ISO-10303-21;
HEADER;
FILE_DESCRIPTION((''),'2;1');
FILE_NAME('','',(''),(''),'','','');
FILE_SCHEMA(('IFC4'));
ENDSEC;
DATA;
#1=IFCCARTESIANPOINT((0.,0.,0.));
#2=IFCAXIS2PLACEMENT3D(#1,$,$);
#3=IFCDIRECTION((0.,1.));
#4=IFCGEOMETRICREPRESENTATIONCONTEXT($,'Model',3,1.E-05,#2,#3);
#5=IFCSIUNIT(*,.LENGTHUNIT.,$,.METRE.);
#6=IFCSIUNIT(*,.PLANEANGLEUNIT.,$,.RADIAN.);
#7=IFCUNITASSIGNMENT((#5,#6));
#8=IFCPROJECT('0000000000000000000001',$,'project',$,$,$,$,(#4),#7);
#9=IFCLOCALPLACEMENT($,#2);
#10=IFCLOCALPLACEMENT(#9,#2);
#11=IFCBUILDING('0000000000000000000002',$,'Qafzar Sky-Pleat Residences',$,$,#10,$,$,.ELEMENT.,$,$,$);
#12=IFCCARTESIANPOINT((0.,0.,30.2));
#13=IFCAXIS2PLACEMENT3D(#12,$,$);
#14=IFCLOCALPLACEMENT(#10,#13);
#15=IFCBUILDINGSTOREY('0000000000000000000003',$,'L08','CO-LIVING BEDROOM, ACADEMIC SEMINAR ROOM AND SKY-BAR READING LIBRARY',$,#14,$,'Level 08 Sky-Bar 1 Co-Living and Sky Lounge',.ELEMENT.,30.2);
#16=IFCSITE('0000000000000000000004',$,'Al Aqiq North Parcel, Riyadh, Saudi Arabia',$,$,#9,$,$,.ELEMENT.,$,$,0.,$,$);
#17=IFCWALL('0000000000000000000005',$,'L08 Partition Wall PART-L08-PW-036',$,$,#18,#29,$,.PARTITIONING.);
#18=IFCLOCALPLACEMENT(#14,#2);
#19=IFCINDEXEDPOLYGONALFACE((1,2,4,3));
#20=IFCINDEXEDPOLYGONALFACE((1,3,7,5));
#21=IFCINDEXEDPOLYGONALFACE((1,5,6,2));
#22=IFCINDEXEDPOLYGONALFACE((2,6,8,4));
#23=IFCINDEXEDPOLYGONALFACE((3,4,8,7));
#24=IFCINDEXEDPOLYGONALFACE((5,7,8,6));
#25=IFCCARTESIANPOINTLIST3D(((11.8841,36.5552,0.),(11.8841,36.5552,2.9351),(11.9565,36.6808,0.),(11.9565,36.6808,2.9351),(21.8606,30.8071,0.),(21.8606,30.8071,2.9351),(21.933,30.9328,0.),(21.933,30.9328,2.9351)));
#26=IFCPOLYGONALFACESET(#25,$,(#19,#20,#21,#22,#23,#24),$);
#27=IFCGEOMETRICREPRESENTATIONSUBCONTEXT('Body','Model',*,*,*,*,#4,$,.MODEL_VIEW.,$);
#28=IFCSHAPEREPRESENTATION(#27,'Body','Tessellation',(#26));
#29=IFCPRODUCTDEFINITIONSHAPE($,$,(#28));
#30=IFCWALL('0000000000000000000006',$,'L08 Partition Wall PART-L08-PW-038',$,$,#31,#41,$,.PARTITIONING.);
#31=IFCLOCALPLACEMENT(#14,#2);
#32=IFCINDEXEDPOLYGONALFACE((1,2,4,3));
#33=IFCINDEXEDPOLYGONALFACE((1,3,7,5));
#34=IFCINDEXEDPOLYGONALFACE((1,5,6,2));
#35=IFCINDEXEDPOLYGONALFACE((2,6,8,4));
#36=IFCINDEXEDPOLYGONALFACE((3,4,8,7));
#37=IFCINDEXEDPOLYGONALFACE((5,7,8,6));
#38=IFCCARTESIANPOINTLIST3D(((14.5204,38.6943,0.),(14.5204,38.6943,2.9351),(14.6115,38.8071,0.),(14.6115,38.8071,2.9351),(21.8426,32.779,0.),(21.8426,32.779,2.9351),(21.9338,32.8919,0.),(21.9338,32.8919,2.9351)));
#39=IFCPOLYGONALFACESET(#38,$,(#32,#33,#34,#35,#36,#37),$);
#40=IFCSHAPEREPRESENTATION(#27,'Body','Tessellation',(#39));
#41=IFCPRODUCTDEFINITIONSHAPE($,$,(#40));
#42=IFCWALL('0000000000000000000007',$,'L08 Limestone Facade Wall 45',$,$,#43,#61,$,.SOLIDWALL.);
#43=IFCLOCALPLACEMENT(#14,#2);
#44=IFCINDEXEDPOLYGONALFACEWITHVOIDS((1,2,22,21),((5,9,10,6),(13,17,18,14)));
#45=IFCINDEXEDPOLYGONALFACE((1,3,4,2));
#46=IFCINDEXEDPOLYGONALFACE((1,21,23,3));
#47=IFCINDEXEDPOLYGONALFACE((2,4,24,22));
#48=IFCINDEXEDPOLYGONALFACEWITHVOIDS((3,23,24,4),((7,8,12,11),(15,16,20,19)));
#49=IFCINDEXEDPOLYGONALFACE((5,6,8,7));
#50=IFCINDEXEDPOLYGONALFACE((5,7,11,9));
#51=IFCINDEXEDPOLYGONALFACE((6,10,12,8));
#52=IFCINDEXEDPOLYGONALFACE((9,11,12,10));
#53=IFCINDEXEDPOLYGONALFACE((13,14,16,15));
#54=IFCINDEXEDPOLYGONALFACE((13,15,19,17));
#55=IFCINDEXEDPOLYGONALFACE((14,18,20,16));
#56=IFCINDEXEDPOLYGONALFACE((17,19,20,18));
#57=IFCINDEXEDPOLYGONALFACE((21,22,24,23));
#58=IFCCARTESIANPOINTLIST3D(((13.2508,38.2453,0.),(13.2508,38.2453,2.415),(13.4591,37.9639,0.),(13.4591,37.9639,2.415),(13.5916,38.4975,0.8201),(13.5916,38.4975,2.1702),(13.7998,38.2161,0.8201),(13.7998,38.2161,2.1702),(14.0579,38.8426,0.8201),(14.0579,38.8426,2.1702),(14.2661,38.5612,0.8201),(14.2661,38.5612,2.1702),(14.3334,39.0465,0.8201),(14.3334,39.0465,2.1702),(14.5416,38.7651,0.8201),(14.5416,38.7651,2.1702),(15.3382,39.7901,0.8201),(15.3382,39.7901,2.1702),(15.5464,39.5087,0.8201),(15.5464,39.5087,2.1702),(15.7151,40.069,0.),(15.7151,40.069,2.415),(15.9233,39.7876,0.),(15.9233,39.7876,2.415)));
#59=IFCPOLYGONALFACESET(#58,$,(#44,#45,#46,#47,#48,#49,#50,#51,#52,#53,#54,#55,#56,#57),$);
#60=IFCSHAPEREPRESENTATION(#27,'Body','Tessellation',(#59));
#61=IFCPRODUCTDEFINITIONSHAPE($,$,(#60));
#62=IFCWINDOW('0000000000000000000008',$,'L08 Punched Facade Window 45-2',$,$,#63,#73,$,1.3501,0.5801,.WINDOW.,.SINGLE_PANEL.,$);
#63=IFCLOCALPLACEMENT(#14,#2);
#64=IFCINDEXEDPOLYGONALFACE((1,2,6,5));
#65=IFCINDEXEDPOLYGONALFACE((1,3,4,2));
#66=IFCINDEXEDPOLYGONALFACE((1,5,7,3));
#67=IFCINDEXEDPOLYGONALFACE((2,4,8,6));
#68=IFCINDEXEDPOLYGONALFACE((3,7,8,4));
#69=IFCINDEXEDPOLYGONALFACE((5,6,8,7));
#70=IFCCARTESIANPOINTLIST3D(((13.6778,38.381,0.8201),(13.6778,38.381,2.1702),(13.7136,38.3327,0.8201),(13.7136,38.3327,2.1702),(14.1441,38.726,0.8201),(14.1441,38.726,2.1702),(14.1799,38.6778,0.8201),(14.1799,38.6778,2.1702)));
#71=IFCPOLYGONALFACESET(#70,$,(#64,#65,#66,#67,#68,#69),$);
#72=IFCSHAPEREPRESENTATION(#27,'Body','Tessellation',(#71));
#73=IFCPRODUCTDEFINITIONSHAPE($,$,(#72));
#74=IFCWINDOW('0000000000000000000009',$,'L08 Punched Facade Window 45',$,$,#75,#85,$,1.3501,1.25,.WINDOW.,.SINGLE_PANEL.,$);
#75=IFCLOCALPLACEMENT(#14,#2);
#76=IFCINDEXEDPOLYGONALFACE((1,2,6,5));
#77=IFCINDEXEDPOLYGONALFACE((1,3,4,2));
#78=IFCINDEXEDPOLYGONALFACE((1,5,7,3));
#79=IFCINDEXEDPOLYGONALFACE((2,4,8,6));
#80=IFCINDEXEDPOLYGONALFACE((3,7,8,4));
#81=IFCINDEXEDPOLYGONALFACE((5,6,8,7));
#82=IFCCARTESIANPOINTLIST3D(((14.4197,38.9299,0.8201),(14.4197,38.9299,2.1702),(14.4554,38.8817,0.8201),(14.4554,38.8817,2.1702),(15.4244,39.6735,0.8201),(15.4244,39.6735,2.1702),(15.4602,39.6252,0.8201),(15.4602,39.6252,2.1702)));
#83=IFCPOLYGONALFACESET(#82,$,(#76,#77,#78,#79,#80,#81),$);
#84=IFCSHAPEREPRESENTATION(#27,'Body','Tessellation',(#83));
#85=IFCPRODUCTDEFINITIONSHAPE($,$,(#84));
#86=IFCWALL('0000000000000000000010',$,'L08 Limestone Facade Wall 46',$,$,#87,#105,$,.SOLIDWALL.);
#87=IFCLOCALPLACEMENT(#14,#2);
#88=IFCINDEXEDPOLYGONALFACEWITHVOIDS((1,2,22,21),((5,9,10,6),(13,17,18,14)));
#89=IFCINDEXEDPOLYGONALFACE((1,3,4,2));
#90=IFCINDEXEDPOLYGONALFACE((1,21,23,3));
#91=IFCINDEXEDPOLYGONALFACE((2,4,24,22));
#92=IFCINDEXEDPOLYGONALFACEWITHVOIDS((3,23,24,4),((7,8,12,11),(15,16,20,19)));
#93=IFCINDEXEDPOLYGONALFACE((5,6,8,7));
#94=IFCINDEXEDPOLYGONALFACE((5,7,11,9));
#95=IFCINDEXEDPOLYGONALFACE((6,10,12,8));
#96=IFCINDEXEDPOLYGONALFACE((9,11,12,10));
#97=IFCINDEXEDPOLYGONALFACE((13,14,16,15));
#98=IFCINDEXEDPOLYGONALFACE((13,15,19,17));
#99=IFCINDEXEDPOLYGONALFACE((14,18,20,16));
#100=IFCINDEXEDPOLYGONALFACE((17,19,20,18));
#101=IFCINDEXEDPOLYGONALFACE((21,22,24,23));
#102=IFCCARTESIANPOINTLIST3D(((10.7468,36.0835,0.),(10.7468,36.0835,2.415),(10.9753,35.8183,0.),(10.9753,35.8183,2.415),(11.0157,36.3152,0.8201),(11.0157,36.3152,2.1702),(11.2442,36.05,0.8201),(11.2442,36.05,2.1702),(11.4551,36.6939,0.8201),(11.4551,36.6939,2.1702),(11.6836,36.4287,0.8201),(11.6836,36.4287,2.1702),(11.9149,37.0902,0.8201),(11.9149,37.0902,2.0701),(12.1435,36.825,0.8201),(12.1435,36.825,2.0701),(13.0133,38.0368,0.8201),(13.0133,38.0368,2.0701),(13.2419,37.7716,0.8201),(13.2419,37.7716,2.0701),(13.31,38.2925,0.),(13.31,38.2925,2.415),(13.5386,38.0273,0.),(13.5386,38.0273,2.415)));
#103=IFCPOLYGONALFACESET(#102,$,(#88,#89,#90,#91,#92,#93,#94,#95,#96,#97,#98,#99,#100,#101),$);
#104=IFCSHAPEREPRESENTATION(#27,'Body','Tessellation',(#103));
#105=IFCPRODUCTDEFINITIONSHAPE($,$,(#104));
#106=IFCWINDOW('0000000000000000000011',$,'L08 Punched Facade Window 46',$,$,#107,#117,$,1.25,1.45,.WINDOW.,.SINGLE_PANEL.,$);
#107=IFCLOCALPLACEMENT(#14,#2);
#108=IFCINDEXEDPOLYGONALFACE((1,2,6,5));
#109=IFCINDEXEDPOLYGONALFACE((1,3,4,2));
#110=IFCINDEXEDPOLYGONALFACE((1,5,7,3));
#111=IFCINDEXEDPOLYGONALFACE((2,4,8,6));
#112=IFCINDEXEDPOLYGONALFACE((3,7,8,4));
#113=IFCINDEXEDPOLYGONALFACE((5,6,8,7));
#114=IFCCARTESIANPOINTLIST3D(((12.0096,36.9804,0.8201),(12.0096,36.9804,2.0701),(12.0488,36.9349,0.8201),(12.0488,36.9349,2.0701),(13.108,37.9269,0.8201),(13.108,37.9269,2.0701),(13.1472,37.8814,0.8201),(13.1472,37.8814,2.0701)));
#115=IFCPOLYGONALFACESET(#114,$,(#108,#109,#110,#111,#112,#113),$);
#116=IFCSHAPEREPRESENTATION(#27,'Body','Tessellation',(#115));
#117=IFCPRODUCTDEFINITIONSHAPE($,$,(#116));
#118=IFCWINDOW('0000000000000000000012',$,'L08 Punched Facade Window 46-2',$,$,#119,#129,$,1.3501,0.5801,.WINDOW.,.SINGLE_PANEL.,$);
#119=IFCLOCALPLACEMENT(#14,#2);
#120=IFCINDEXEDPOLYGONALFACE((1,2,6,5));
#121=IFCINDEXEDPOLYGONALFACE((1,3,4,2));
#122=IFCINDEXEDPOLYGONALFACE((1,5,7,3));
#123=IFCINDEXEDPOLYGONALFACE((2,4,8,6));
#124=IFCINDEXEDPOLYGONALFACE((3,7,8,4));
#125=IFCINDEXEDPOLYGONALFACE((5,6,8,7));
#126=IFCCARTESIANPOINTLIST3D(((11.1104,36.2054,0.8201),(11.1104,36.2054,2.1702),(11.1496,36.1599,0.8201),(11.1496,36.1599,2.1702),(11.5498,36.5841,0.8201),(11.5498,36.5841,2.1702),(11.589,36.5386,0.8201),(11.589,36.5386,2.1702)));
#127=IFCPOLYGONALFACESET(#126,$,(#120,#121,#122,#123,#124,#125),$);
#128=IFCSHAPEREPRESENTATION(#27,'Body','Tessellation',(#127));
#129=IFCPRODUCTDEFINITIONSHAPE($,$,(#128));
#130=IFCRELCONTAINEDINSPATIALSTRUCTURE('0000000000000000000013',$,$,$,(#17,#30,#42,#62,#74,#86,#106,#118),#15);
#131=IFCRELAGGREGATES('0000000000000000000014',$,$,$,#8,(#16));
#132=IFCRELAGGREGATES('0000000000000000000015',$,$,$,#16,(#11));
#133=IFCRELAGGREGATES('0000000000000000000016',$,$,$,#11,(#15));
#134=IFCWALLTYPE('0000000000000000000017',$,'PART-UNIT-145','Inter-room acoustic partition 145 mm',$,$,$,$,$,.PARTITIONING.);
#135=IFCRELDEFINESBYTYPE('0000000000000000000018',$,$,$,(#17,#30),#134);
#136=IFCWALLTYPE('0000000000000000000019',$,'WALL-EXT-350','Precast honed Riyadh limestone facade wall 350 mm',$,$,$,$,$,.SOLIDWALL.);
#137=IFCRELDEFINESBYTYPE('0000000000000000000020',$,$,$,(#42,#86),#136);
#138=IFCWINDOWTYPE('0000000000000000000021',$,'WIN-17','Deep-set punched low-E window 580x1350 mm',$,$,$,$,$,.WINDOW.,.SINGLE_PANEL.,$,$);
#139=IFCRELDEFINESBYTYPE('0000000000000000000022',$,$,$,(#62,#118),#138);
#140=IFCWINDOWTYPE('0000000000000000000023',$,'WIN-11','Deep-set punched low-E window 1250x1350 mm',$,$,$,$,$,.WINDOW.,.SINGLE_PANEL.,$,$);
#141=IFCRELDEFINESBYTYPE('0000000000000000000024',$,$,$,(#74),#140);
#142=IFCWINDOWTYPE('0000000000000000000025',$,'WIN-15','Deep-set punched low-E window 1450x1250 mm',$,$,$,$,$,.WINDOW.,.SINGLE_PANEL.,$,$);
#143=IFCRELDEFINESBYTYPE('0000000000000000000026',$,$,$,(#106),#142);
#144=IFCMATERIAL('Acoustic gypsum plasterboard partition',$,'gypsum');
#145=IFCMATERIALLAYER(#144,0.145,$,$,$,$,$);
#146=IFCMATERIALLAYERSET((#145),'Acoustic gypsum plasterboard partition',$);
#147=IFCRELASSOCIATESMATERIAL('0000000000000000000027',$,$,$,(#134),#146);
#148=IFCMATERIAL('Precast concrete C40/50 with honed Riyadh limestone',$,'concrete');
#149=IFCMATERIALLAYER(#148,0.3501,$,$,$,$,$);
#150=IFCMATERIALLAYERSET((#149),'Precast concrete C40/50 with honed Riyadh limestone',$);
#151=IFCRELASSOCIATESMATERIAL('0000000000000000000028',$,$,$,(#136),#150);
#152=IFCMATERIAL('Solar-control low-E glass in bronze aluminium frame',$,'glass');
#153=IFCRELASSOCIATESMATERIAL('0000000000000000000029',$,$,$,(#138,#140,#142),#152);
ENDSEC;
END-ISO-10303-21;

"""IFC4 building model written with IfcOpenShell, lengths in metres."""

from ifc_helpers import new_model, si_unit, direction, frame, frame_2d, origin, place, context, subcontext, project, spatial, rectangle, extrude, source, transform, mapped, material, layer, layer_set, type_object, element, fill, save


model = new_model("IFC4")

# Units and contexts
model_context = context("Model", 3, precision=1e-05, world=origin(), true_north=direction((0.0, 1.0)))
body_context = subcontext(model_context, "Body", "Model", "MODEL_VIEW")
ifc_project = project(units=[si_unit("LENGTHUNIT", "METRE"), si_unit("PLANEANGLEUNIT", "RADIAN")], contexts=[model_context])

# Site, building, storey
site_placement = place(None, origin())
site = spatial("IfcSite", under=ifc_project, at=site_placement, Name="Al Aqiq North Parcel, Riyadh, Saudi Arabia", CompositionType="ELEMENT", RefElevation=0.0)
building_placement = place(site_placement, origin())
building = spatial("IfcBuilding", under=site, at=building_placement, Name="Qafzar Sky-Pleat Residences", CompositionType="ELEMENT")
storey_placement = place(building_placement, frame((0.0, 0.0, 30.2)))
storey = spatial("IfcBuildingStorey", under=building, at=storey_placement, Name="L08", Description="CO-LIVING BEDROOM, ACADEMIC SEMINAR ROOM AND SKY-BAR READING LIBRARY", LongName="Level 08 Sky-Bar 1 Co-Living and Sky Lounge", CompositionType="ELEMENT", Elevation=30.2)

# Walls
ifc_material_1 = material(Name="Acoustic gypsum plasterboard partition", Category="gypsum")
ifc_layer_1 = layer(ifc_material_1, 0.145)
ifc_layer_set_1 = layer_set([ifc_layer_1], Name="Acoustic gypsum plasterboard partition")
wall_type_1 = type_object("IfcWallType", Name="PART-UNIT-145", Description="Inter-room acoustic partition 145 mm", PredefinedType="PARTITIONING", material=ifc_layer_set_1)
wall_1_placement = place(storey_placement, frame((11.9204, 36.6179, 0.0), z_axis=(0.0, 0.0, 1.0), x_axis=(0.866473, -0.499223, 0.0)))
element("IfcWall", 1, at=wall_1_placement, inside=storey, type_object=wall_type_1, Name="L08 Partition Wall PART-L08-PW-036", PredefinedType="PARTITIONING", context=body_context, shape_type="SweptSolid", body=[
    extrude(rectangle(XDim=11.5139, YDim=0.145, at=frame_2d((5.7568, 0.0))), origin(), (0.0, 0.0, 1.0), 2.9351),
])
wall_2_placement = place(storey_placement, frame((14.5659, 38.7507, 0.0), z_axis=(0.0, 0.0, 1.0), x_axis=(0.777882, -0.628411, 0.0)))
element("IfcWall", 2, at=wall_2_placement, inside=storey, type_object=wall_type_1, Name="L08 Partition Wall PART-L08-PW-038", PredefinedType="PARTITIONING", context=body_context, shape_type="SweptSolid", body=[
    extrude(rectangle(XDim=9.4131, YDim=0.145, at=frame_2d((4.7065, 0.0))), origin(), (0.0, 0.0, 1.0), 2.9351),
])

# Walls, openings, windows
ifc_material_2 = material(Name="Precast concrete C40/50 with honed Riyadh limestone", Category="concrete")
ifc_layer_2 = layer(ifc_material_2, 0.3501)
ifc_layer_set_2 = layer_set([ifc_layer_2], Name="Precast concrete C40/50 with honed Riyadh limestone")
wall_type_2 = type_object("IfcWallType", Name="WALL-EXT-350", Description="Precast honed Riyadh limestone facade wall 350 mm", PredefinedType="SOLIDWALL", material=ifc_layer_set_2)
wall_3_placement = place(storey_placement, frame((15.8191, 39.9282, 0.0), z_axis=(0.0, 0.0, 1.0), x_axis=(-0.803825, -0.594866, 0.0)))
wall_3 = element("IfcWall", 3, at=wall_3_placement, inside=storey, type_object=wall_type_2, Name="L08 Limestone Facade Wall 45", PredefinedType="SOLIDWALL", context=body_context, shape_type="SweptSolid", body=[
    extrude(rectangle(XDim=3.0657, YDim=0.3501, at=frame_2d((1.5327, 0.0))), origin(), (0.0, 0.0, 1.0), 2.415),
])
opening_1_placement = place(wall_3_placement, frame((0.4688, 0.0, 0.8201)))
opening_1 = element("IfcOpeningElement", 4, at=opening_1_placement, cuts=wall_3, PredefinedType="OPENING", context=body_context, shape_type="SweptSolid", body=[
    extrude(rectangle(XDim=1.25, YDim=1.3501, at=frame_2d((0.625, 0.675))), frame((0.0, 0.1851, 0.0), z_axis=(0.0, -1.0, 0.0), x_axis=(1.0, 0.0, 0.0)), (0.0, 0.0, 1.0), 0.3701),
])
opening_2_placement = place(wall_3_placement, frame((2.0615, 0.0, 0.8201)))
opening_2 = element("IfcOpeningElement", 5, at=opening_2_placement, cuts=wall_3, PredefinedType="OPENING", context=body_context, shape_type="SweptSolid", body=[
    extrude(rectangle(XDim=0.5801, YDim=1.3501, at=frame_2d((0.29, 0.675))), frame((0.0, 0.1851, 0.0), z_axis=(0.0, -1.0, 0.0), x_axis=(1.0, 0.0, 0.0)), (0.0, 0.0, 1.0), 0.3701),
])
ifc_material_3 = material(Name="Solar-control low-E glass in bronze aluminium frame", Category="glass")
window_type_1 = type_object("IfcWindowType", Name="WIN-17", Description="Deep-set punched low-E window 580x1350 mm", PartitioningType="SINGLE_PANEL", PredefinedType="WINDOW", material=ifc_material_3)
shared_shape_1 = source(origin(), body_context, "Body", "SweptSolid", [
    extrude(rectangle(XDim=0.5801, YDim=1.3501, at=frame_2d((0.29, 0.675))), frame((0.0, 0.03, 0.0), z_axis=(0.0, -1.0, 0.0), x_axis=(1.0, 0.0, 0.0)), (0.0, 0.0, 1.0), 0.0601),
])
window_1_placement = place(opening_2_placement, origin())
window_1 = element("IfcWindow", 6, at=window_1_placement, inside=storey, type_object=window_type_1, Name="L08 Punched Facade Window 45-2", OverallHeight=1.3501, OverallWidth=0.5801, PartitioningType="SINGLE_PANEL", PredefinedType="WINDOW", context=body_context, shape_type="MappedRepresentation", body=[
    mapped(shared_shape_1, transform((0.0, 0.0, 0.0), x_axis=(1.0, 0.0, 0.0), y_axis=(0.0, 1.0, 0.0), z_axis=(0.0, 0.0, 1.0), scale=1.0)),
])
fill(opening_2, window_1)
window_type_2 = type_object("IfcWindowType", Name="WIN-11", Description="Deep-set punched low-E window 1250x1350 mm", PartitioningType="SINGLE_PANEL", PredefinedType="WINDOW", material=ifc_material_3)
shared_shape_2 = source(origin(), body_context, "Body", "SweptSolid", [
    extrude(rectangle(XDim=1.25, YDim=1.3501, at=frame_2d((0.625, 0.675))), frame((0.0, 0.03, 0.0), z_axis=(0.0, -1.0, 0.0), x_axis=(1.0, 0.0, 0.0)), (0.0, 0.0, 1.0), 0.0601),
])
window_2_placement = place(opening_1_placement, origin())
window_2 = element("IfcWindow", 7, at=window_2_placement, inside=storey, type_object=window_type_2, Name="L08 Punched Facade Window 45", OverallHeight=1.3501, OverallWidth=1.25, PartitioningType="SINGLE_PANEL", PredefinedType="WINDOW", context=body_context, shape_type="MappedRepresentation", body=[
    mapped(shared_shape_2, transform((0.0, 0.0, 0.0), x_axis=(1.0, 0.0, 0.0), y_axis=(0.0, 1.0, 0.0), z_axis=(0.0, 0.0, 1.0), scale=1.0)),
])
fill(opening_1, window_2)
wall_4_placement = place(storey_placement, frame((13.4243, 38.1599, 0.0), z_axis=(0.0, 0.0, 1.0), x_axis=(-0.757512, -0.652821, 0.0)))
wall_4 = element("IfcWall", 8, at=wall_4_placement, inside=storey, type_object=wall_type_2, Name="L08 Limestone Facade Wall 46", PredefinedType="SOLIDWALL", context=body_context, shape_type="SweptSolid", body=[
    extrude(rectangle(XDim=3.3838, YDim=0.3501, at=frame_2d((1.6919, 0.0))), origin(), (0.0, 0.0, 1.0), 2.415),
])
opening_3_placement = place(wall_4_placement, frame((0.3916, 0.0, 0.8201)))
opening_3 = element("IfcOpeningElement", 9, at=opening_3_placement, cuts=wall_4, PredefinedType="OPENING", context=body_context, shape_type="SweptSolid", body=[
    extrude(rectangle(XDim=1.45, YDim=1.25, at=frame_2d((0.7251, 0.625))), frame((0.0, 0.1851, 0.0), z_axis=(0.0, -1.0, 0.0), x_axis=(1.0, 0.0, 0.0)), (0.0, 0.0, 1.0), 0.3701),
])
opening_4_placement = place(wall_4_placement, frame((2.4487, 0.0, 0.8201)))
opening_4 = element("IfcOpeningElement", 10, at=opening_4_placement, cuts=wall_4, PredefinedType="OPENING", context=body_context, shape_type="SweptSolid", body=[
    extrude(rectangle(XDim=0.5801, YDim=1.3501, at=frame_2d((0.29, 0.675))), frame((0.0, 0.1851, 0.0), z_axis=(0.0, -1.0, 0.0), x_axis=(1.0, 0.0, 0.0)), (0.0, 0.0, 1.0), 0.3701),
])
window_type_3 = type_object("IfcWindowType", Name="WIN-15", Description="Deep-set punched low-E window 1450x1250 mm", PartitioningType="SINGLE_PANEL", PredefinedType="WINDOW", material=ifc_material_3)
shared_shape_3 = source(origin(), body_context, "Body", "SweptSolid", [
    extrude(rectangle(XDim=1.45, YDim=1.25, at=frame_2d((0.7251, 0.625))), frame((0.0, 0.03, 0.0), z_axis=(0.0, -1.0, 0.0), x_axis=(1.0, 0.0, 0.0)), (0.0, 0.0, 1.0), 0.0601),
])
window_3_placement = place(opening_3_placement, origin())
window_3 = element("IfcWindow", 11, at=window_3_placement, inside=storey, type_object=window_type_3, Name="L08 Punched Facade Window 46", OverallHeight=1.25, OverallWidth=1.45, PartitioningType="SINGLE_PANEL", PredefinedType="WINDOW", context=body_context, shape_type="MappedRepresentation", body=[
    mapped(shared_shape_3, transform((0.0, 0.0, 0.0), x_axis=(1.0, 0.0, 0.0), y_axis=(0.0, 1.0, 0.0), z_axis=(0.0, 0.0, 1.0), scale=1.0)),
])
fill(opening_3, window_3)
window_4_placement = place(opening_4_placement, origin())
window_4 = element("IfcWindow", 12, at=window_4_placement, inside=storey, type_object=window_type_1, Name="L08 Punched Facade Window 46-2", OverallHeight=1.3501, OverallWidth=0.5801, PartitioningType="SINGLE_PANEL", PredefinedType="WINDOW", context=body_context, shape_type="MappedRepresentation", body=[
    mapped(shared_shape_1, transform((0.0, 0.0, 0.0), x_axis=(1.0, 0.0, 0.0), y_axis=(0.0, 1.0, 0.0), z_axis=(0.0, 0.0, 1.0), scale=1.0)),
])
fill(opening_4, window_4)

save(model, "model.ifc")
